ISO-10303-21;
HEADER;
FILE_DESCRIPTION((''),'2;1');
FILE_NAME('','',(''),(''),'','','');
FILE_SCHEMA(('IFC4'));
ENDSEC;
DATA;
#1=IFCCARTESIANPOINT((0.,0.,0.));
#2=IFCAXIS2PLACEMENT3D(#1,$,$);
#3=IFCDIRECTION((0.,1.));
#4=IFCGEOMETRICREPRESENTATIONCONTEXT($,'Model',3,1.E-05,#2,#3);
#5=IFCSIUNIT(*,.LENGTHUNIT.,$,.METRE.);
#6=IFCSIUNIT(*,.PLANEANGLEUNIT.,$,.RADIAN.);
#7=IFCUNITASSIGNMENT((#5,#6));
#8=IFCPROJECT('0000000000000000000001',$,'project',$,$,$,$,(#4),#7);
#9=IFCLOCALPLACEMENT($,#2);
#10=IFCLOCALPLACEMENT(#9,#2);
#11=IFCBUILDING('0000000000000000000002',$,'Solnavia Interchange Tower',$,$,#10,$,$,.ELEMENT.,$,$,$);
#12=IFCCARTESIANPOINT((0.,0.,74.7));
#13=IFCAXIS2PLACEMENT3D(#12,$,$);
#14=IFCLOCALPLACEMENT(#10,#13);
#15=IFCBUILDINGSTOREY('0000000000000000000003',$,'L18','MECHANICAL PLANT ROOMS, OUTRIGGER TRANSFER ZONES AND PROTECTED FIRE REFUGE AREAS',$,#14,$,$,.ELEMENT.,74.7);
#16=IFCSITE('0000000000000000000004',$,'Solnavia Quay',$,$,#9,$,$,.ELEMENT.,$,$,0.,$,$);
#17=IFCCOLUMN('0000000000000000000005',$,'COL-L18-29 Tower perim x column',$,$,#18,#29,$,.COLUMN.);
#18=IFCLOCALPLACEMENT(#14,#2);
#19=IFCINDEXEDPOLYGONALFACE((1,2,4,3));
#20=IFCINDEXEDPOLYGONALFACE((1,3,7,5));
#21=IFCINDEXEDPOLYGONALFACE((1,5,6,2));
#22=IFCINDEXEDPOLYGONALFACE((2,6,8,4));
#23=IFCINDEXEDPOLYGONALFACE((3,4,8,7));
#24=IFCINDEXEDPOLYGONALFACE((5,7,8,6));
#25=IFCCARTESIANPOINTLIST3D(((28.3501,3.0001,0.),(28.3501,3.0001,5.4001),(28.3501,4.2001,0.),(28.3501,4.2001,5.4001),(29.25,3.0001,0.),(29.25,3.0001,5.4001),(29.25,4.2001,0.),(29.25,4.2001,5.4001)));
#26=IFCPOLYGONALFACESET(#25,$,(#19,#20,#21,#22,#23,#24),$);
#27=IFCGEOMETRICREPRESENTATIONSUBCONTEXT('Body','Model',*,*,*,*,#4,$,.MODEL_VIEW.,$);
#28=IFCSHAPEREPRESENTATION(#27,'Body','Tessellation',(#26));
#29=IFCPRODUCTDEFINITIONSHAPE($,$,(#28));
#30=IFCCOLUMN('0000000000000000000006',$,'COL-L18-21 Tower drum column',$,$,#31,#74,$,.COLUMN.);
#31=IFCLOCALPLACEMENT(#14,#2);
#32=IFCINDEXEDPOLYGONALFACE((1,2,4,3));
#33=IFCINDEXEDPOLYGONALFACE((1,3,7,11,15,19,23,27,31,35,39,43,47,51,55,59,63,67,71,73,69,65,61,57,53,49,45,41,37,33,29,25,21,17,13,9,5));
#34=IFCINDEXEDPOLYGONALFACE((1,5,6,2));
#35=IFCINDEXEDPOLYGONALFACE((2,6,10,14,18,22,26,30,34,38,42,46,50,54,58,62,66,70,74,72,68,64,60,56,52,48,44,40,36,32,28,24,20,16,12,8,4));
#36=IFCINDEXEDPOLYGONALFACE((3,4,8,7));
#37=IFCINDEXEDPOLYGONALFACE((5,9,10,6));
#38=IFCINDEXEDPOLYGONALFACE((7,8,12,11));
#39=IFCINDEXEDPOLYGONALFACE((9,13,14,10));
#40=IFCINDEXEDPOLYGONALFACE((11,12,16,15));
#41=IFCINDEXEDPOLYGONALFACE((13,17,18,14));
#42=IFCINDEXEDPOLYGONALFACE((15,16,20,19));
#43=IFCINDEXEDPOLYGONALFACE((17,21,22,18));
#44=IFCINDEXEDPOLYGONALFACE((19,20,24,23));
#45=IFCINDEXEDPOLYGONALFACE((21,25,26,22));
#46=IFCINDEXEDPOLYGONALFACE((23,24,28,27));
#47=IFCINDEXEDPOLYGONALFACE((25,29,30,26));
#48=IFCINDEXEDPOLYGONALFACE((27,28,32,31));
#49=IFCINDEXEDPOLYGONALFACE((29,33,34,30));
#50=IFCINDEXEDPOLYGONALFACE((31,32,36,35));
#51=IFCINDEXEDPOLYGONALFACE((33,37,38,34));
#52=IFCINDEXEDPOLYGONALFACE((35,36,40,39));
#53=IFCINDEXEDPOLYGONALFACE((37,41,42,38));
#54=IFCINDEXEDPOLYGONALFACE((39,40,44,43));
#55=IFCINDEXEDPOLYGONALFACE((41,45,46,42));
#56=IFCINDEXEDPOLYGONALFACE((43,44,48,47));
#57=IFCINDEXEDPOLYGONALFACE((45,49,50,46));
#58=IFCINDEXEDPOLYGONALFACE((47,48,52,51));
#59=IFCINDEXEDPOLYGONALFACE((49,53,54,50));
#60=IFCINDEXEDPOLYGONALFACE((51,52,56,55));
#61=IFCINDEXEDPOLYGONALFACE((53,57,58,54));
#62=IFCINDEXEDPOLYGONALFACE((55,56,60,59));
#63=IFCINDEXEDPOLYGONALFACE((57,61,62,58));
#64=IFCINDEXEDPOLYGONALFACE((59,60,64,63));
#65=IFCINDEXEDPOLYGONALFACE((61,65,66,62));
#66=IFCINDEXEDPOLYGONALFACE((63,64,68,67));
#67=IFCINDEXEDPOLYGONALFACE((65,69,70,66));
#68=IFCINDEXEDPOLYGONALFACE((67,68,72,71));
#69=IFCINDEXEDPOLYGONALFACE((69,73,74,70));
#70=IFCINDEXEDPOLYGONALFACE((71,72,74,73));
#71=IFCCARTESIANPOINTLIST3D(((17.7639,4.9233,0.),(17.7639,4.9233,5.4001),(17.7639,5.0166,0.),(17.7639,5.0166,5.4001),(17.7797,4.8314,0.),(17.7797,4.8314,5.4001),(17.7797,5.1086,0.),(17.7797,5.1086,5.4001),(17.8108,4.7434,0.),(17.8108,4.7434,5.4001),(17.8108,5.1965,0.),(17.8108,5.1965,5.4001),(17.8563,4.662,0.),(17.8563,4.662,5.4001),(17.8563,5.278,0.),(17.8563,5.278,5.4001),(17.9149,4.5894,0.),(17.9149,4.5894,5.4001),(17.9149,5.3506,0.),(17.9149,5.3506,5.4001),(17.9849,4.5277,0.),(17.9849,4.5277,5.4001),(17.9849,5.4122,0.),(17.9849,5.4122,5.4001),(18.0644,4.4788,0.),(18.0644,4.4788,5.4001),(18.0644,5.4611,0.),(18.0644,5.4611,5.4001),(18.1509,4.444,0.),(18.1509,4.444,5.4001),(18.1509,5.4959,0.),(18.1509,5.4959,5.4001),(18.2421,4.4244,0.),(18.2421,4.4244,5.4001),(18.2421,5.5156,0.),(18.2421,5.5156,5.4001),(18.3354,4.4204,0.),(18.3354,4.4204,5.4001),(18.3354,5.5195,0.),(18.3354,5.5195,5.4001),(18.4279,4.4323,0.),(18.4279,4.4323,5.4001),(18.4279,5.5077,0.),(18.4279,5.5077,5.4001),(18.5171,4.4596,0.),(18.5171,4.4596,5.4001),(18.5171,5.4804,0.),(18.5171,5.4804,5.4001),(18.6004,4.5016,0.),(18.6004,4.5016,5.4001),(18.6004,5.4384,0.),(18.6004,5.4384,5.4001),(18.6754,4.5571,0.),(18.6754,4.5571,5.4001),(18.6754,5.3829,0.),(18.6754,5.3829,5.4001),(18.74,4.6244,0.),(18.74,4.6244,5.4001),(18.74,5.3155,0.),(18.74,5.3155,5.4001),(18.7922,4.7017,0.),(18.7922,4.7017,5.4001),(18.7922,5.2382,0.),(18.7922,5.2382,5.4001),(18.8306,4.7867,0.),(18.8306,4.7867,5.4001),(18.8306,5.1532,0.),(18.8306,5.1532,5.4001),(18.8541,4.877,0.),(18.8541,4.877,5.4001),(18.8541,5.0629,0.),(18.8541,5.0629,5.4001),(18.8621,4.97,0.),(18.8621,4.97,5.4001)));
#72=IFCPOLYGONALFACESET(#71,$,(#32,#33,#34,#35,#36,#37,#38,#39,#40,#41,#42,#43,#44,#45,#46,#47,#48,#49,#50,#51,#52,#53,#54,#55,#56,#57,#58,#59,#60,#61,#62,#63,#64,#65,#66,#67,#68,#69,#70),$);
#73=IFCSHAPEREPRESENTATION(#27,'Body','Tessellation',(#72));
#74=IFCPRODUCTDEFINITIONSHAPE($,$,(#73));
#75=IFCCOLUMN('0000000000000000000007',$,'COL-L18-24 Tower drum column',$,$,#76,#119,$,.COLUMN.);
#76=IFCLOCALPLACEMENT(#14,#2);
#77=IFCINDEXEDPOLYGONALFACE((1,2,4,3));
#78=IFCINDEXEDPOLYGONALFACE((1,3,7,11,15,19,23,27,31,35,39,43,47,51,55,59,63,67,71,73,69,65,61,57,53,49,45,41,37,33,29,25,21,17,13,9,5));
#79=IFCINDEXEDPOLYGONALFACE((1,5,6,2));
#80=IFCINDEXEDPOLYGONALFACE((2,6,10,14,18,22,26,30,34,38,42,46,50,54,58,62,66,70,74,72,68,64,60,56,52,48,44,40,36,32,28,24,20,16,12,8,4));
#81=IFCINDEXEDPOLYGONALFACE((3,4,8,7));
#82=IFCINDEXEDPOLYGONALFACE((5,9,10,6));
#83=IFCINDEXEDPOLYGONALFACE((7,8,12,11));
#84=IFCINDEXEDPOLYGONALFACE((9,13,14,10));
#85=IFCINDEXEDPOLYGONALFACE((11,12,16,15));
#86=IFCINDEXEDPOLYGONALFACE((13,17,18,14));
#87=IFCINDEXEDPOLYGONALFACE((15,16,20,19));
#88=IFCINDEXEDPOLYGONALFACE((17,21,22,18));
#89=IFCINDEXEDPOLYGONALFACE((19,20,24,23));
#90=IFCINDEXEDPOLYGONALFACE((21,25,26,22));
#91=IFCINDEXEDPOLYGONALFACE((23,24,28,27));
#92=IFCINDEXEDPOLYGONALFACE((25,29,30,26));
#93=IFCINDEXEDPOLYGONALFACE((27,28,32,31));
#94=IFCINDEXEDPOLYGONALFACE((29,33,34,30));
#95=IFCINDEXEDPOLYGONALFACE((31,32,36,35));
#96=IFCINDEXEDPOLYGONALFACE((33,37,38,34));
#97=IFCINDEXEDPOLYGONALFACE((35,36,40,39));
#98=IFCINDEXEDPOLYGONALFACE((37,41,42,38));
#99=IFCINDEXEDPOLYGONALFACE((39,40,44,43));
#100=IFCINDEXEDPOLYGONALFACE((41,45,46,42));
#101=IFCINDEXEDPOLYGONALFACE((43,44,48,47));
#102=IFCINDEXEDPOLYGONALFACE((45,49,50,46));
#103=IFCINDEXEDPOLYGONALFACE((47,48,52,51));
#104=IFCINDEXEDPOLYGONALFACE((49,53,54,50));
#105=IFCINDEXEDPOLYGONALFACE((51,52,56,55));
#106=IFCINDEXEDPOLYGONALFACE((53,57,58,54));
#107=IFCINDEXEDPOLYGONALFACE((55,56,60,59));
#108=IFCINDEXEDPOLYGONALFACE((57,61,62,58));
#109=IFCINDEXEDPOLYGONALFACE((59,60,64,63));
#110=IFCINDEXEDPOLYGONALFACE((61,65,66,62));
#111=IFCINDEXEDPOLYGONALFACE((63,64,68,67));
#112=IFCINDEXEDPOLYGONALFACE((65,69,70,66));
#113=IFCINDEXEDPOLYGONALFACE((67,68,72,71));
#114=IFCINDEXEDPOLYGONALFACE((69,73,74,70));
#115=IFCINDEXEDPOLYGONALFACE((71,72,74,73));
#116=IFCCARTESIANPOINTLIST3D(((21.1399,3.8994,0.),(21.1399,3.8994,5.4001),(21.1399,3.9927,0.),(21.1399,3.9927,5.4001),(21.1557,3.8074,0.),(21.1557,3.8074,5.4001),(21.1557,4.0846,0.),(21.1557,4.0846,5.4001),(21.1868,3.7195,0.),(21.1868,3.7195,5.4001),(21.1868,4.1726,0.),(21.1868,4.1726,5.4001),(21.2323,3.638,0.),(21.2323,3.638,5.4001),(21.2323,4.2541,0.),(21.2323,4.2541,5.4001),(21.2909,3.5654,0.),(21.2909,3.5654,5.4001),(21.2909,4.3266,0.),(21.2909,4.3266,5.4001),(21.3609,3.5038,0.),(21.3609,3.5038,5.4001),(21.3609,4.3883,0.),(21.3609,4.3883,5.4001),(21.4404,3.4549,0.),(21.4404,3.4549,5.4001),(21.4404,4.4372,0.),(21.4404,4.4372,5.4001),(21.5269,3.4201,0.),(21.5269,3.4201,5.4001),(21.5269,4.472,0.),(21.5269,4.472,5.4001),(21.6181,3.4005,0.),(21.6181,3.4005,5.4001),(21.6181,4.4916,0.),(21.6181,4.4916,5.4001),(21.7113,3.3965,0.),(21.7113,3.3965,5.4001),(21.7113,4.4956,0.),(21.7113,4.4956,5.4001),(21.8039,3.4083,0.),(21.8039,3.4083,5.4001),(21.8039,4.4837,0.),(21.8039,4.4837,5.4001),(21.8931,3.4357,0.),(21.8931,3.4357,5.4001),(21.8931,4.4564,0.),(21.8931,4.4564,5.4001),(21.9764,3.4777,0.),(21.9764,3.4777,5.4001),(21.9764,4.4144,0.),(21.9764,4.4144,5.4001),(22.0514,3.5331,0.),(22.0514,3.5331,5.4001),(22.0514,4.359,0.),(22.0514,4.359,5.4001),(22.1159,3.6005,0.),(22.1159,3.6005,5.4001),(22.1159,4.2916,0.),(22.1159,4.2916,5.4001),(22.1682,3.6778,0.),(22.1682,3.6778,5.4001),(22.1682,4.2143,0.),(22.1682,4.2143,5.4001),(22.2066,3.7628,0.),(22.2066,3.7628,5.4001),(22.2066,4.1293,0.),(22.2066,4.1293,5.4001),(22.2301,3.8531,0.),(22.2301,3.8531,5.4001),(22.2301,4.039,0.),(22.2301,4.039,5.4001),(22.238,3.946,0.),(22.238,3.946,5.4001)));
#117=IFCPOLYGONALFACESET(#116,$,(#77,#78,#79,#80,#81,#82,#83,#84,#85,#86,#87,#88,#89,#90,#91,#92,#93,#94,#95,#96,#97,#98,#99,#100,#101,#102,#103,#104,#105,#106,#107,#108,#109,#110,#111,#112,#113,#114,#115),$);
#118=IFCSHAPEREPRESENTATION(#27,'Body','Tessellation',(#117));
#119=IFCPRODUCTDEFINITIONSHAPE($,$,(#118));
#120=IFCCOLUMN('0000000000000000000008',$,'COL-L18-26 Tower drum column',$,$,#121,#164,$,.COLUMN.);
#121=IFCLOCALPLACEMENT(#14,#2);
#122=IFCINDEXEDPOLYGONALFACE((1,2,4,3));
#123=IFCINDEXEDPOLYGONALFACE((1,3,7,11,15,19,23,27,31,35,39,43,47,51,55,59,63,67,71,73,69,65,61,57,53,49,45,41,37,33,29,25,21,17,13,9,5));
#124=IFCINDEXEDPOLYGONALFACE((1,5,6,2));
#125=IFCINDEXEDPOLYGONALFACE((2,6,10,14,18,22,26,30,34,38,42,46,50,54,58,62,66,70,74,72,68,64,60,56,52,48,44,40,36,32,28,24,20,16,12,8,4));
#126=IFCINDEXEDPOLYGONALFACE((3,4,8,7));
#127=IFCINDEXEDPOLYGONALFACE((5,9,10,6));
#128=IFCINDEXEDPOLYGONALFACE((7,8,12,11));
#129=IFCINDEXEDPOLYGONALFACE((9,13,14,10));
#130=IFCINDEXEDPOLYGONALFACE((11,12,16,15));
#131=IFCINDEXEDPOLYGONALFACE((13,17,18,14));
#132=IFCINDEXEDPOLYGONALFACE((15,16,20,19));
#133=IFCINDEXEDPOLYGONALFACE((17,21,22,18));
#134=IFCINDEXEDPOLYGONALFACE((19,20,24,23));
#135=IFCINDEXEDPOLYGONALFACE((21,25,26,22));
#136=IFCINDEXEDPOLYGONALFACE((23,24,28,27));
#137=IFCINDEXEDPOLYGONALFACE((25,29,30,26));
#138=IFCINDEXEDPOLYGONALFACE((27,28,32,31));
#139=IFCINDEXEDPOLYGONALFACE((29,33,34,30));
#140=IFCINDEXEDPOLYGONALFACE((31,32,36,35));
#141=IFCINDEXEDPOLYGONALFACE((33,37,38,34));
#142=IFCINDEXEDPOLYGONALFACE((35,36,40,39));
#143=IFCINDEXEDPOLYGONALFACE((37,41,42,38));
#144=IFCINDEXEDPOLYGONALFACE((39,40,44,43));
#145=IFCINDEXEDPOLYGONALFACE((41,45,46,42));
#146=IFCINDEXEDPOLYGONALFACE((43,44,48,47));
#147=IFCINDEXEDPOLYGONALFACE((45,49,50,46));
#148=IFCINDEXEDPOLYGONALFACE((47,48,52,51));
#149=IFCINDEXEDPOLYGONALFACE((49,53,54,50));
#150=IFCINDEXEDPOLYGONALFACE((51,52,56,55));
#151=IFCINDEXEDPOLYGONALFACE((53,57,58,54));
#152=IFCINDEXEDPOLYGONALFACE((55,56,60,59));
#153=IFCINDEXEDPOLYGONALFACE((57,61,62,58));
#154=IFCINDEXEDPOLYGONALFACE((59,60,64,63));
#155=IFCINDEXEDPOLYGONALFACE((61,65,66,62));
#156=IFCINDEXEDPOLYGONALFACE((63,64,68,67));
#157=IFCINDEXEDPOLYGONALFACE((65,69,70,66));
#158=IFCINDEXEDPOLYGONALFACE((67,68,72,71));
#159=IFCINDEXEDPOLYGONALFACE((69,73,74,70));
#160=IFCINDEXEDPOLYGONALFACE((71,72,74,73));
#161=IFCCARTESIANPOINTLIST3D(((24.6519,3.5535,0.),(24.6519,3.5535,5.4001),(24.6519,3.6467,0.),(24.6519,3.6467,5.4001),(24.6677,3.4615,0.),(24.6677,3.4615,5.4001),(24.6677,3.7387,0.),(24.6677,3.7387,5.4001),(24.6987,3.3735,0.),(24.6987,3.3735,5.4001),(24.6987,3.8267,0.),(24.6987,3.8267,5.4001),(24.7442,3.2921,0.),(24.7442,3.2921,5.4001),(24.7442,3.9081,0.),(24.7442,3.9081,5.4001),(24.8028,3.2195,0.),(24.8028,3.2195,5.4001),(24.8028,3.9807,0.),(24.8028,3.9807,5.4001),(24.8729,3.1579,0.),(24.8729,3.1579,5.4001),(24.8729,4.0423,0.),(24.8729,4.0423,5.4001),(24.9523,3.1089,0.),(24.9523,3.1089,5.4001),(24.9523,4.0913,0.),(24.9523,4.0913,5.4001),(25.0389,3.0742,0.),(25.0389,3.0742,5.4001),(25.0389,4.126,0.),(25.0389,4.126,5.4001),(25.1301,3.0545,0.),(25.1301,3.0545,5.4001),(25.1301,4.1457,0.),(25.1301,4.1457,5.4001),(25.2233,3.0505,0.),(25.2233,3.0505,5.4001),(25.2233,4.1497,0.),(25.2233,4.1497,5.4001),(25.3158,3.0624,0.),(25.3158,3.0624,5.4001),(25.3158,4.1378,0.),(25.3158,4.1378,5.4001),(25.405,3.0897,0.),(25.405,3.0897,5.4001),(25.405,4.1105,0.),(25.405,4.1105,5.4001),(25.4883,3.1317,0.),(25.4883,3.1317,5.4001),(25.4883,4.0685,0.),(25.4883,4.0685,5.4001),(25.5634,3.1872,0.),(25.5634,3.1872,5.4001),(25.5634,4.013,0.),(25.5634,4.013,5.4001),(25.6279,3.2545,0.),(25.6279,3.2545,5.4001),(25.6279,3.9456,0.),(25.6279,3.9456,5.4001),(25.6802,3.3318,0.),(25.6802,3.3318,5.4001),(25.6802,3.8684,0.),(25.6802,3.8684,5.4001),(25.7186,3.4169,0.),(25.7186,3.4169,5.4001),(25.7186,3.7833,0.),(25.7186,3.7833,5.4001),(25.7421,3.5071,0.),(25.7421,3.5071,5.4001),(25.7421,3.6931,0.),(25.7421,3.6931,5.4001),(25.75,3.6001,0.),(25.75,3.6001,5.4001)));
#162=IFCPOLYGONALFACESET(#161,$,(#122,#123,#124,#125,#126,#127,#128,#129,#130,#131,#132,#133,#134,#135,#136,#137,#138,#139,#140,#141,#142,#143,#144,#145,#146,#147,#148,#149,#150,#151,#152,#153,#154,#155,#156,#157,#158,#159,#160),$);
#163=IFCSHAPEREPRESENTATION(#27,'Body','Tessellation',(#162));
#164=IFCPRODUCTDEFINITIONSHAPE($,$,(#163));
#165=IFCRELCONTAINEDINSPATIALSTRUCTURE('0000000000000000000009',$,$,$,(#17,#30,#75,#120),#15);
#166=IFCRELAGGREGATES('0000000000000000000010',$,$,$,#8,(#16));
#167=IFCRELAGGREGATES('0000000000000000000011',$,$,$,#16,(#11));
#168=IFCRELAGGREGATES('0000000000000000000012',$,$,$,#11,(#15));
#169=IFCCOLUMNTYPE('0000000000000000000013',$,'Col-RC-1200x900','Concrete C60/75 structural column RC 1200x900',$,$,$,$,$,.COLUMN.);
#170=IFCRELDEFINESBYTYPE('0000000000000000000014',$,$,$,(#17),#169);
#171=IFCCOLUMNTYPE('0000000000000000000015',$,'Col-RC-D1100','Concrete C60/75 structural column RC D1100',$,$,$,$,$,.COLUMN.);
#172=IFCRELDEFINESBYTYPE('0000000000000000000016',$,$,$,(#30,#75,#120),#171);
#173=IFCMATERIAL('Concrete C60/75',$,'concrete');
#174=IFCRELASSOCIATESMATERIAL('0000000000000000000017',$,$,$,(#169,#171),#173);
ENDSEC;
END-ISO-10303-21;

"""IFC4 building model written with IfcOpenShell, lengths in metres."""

from ifc_helpers import new_model, si_unit, direction, frame, origin, origin_2d, place, context, subcontext, project, spatial, rectangle, circle, extrude, material, material_profile, profile_set, type_object, element, save


model = new_model("IFC4")

# Units and contexts
model_context = context("Model", 3, precision=1e-05, world=origin(), true_north=direction((0.0, 1.0)))
body_context = subcontext(model_context, "Body", "Model", "MODEL_VIEW")
ifc_project = project(units=[si_unit("LENGTHUNIT", "METRE"), si_unit("PLANEANGLEUNIT", "RADIAN")], contexts=[model_context])

# Site, building, storey
site_placement = place(None, origin())
site = spatial("IfcSite", under=ifc_project, at=site_placement, Name="Solnavia Quay", CompositionType="ELEMENT", RefElevation=0.0)
building_placement = place(site_placement, origin())
building = spatial("IfcBuilding", under=site, at=building_placement, Name="Solnavia Interchange Tower", CompositionType="ELEMENT")
storey_placement = place(building_placement, frame((0.0, 0.0, 74.7)))
storey = spatial("IfcBuildingStorey", under=building, at=storey_placement, Name="L18", Description="MECHANICAL PLANT ROOMS, OUTRIGGER TRANSFER ZONES AND PROTECTED FIRE REFUGE AREAS", CompositionType="ELEMENT", Elevation=74.7)

# Columns
ifc_material_1 = material(Name="Concrete C60/75", Category="concrete")
ifc_material_profile_1 = material_profile(ifc_material_1, rectangle(XDim=0.8999, YDim=1.2, at=origin_2d()), Name="RC 1200x900")
ifc_profile_set_1 = profile_set([ifc_material_profile_1], Name="Concrete C60/75")
column_type_1 = type_object("IfcColumnType", Name="Col-RC-1200x900", Description="Concrete C60/75 structural column RC 1200x900", PredefinedType="COLUMN", material=ifc_profile_set_1)
column_1_placement = place(storey_placement, frame((28.8, 3.6001, 0.0), z_axis=(0.0, 0.0, 1.0), x_axis=(1.0, 0.0, 0.0)))
element("IfcColumn", 1, at=column_1_placement, inside=storey, type_object=column_type_1, Name="COL-L18-29 Tower perim x column", PredefinedType="COLUMN", context=body_context, shape_type="SweptSolid", body=[
    extrude(rectangle(XDim=0.8999, YDim=1.2, at=origin_2d()), origin(), (0.0, 0.0, 1.0), 5.4001),
])
ifc_material_profile_2 = material_profile(ifc_material_1, circle(Radius=0.55, at=origin_2d()), Name="RC D1100")
ifc_profile_set_2 = profile_set([ifc_material_profile_2], Name="Concrete C60/75")
column_type_2 = type_object("IfcColumnType", Name="Col-RC-D1100", Description="Concrete C60/75 structural column RC D1100", PredefinedType="COLUMN", material=ifc_profile_set_2)
for number, where, z_axis, x_axis, name in (
    (2, (18.312, 4.97, 0.0), (0.0, 0.0, 1.0), (1.0, 0.0, 0.0), "COL-L18-21 Tower drum column"),
    (3, (21.688, 3.946, 0.0), (0.0, 0.0, 1.0), (1.0, 0.0, 0.0), "COL-L18-24 Tower drum column"),
    (4, (25.2, 3.6001, 0.0), (0.0, 0.0, 1.0), (1.0, 0.0, 0.0), "COL-L18-26 Tower drum column"),
):
    element("IfcColumn", number, at=place(storey_placement, frame(where, z_axis=z_axis, x_axis=x_axis)), inside=storey, type_object=column_type_2, Name=name, PredefinedType="COLUMN", context=body_context, shape_type="SweptSolid", body=[
        extrude(circle(Radius=0.55, at=origin_2d()), origin(), (0.0, 0.0, 1.0), 5.4001),
    ])

save(model, "model.ifc")
